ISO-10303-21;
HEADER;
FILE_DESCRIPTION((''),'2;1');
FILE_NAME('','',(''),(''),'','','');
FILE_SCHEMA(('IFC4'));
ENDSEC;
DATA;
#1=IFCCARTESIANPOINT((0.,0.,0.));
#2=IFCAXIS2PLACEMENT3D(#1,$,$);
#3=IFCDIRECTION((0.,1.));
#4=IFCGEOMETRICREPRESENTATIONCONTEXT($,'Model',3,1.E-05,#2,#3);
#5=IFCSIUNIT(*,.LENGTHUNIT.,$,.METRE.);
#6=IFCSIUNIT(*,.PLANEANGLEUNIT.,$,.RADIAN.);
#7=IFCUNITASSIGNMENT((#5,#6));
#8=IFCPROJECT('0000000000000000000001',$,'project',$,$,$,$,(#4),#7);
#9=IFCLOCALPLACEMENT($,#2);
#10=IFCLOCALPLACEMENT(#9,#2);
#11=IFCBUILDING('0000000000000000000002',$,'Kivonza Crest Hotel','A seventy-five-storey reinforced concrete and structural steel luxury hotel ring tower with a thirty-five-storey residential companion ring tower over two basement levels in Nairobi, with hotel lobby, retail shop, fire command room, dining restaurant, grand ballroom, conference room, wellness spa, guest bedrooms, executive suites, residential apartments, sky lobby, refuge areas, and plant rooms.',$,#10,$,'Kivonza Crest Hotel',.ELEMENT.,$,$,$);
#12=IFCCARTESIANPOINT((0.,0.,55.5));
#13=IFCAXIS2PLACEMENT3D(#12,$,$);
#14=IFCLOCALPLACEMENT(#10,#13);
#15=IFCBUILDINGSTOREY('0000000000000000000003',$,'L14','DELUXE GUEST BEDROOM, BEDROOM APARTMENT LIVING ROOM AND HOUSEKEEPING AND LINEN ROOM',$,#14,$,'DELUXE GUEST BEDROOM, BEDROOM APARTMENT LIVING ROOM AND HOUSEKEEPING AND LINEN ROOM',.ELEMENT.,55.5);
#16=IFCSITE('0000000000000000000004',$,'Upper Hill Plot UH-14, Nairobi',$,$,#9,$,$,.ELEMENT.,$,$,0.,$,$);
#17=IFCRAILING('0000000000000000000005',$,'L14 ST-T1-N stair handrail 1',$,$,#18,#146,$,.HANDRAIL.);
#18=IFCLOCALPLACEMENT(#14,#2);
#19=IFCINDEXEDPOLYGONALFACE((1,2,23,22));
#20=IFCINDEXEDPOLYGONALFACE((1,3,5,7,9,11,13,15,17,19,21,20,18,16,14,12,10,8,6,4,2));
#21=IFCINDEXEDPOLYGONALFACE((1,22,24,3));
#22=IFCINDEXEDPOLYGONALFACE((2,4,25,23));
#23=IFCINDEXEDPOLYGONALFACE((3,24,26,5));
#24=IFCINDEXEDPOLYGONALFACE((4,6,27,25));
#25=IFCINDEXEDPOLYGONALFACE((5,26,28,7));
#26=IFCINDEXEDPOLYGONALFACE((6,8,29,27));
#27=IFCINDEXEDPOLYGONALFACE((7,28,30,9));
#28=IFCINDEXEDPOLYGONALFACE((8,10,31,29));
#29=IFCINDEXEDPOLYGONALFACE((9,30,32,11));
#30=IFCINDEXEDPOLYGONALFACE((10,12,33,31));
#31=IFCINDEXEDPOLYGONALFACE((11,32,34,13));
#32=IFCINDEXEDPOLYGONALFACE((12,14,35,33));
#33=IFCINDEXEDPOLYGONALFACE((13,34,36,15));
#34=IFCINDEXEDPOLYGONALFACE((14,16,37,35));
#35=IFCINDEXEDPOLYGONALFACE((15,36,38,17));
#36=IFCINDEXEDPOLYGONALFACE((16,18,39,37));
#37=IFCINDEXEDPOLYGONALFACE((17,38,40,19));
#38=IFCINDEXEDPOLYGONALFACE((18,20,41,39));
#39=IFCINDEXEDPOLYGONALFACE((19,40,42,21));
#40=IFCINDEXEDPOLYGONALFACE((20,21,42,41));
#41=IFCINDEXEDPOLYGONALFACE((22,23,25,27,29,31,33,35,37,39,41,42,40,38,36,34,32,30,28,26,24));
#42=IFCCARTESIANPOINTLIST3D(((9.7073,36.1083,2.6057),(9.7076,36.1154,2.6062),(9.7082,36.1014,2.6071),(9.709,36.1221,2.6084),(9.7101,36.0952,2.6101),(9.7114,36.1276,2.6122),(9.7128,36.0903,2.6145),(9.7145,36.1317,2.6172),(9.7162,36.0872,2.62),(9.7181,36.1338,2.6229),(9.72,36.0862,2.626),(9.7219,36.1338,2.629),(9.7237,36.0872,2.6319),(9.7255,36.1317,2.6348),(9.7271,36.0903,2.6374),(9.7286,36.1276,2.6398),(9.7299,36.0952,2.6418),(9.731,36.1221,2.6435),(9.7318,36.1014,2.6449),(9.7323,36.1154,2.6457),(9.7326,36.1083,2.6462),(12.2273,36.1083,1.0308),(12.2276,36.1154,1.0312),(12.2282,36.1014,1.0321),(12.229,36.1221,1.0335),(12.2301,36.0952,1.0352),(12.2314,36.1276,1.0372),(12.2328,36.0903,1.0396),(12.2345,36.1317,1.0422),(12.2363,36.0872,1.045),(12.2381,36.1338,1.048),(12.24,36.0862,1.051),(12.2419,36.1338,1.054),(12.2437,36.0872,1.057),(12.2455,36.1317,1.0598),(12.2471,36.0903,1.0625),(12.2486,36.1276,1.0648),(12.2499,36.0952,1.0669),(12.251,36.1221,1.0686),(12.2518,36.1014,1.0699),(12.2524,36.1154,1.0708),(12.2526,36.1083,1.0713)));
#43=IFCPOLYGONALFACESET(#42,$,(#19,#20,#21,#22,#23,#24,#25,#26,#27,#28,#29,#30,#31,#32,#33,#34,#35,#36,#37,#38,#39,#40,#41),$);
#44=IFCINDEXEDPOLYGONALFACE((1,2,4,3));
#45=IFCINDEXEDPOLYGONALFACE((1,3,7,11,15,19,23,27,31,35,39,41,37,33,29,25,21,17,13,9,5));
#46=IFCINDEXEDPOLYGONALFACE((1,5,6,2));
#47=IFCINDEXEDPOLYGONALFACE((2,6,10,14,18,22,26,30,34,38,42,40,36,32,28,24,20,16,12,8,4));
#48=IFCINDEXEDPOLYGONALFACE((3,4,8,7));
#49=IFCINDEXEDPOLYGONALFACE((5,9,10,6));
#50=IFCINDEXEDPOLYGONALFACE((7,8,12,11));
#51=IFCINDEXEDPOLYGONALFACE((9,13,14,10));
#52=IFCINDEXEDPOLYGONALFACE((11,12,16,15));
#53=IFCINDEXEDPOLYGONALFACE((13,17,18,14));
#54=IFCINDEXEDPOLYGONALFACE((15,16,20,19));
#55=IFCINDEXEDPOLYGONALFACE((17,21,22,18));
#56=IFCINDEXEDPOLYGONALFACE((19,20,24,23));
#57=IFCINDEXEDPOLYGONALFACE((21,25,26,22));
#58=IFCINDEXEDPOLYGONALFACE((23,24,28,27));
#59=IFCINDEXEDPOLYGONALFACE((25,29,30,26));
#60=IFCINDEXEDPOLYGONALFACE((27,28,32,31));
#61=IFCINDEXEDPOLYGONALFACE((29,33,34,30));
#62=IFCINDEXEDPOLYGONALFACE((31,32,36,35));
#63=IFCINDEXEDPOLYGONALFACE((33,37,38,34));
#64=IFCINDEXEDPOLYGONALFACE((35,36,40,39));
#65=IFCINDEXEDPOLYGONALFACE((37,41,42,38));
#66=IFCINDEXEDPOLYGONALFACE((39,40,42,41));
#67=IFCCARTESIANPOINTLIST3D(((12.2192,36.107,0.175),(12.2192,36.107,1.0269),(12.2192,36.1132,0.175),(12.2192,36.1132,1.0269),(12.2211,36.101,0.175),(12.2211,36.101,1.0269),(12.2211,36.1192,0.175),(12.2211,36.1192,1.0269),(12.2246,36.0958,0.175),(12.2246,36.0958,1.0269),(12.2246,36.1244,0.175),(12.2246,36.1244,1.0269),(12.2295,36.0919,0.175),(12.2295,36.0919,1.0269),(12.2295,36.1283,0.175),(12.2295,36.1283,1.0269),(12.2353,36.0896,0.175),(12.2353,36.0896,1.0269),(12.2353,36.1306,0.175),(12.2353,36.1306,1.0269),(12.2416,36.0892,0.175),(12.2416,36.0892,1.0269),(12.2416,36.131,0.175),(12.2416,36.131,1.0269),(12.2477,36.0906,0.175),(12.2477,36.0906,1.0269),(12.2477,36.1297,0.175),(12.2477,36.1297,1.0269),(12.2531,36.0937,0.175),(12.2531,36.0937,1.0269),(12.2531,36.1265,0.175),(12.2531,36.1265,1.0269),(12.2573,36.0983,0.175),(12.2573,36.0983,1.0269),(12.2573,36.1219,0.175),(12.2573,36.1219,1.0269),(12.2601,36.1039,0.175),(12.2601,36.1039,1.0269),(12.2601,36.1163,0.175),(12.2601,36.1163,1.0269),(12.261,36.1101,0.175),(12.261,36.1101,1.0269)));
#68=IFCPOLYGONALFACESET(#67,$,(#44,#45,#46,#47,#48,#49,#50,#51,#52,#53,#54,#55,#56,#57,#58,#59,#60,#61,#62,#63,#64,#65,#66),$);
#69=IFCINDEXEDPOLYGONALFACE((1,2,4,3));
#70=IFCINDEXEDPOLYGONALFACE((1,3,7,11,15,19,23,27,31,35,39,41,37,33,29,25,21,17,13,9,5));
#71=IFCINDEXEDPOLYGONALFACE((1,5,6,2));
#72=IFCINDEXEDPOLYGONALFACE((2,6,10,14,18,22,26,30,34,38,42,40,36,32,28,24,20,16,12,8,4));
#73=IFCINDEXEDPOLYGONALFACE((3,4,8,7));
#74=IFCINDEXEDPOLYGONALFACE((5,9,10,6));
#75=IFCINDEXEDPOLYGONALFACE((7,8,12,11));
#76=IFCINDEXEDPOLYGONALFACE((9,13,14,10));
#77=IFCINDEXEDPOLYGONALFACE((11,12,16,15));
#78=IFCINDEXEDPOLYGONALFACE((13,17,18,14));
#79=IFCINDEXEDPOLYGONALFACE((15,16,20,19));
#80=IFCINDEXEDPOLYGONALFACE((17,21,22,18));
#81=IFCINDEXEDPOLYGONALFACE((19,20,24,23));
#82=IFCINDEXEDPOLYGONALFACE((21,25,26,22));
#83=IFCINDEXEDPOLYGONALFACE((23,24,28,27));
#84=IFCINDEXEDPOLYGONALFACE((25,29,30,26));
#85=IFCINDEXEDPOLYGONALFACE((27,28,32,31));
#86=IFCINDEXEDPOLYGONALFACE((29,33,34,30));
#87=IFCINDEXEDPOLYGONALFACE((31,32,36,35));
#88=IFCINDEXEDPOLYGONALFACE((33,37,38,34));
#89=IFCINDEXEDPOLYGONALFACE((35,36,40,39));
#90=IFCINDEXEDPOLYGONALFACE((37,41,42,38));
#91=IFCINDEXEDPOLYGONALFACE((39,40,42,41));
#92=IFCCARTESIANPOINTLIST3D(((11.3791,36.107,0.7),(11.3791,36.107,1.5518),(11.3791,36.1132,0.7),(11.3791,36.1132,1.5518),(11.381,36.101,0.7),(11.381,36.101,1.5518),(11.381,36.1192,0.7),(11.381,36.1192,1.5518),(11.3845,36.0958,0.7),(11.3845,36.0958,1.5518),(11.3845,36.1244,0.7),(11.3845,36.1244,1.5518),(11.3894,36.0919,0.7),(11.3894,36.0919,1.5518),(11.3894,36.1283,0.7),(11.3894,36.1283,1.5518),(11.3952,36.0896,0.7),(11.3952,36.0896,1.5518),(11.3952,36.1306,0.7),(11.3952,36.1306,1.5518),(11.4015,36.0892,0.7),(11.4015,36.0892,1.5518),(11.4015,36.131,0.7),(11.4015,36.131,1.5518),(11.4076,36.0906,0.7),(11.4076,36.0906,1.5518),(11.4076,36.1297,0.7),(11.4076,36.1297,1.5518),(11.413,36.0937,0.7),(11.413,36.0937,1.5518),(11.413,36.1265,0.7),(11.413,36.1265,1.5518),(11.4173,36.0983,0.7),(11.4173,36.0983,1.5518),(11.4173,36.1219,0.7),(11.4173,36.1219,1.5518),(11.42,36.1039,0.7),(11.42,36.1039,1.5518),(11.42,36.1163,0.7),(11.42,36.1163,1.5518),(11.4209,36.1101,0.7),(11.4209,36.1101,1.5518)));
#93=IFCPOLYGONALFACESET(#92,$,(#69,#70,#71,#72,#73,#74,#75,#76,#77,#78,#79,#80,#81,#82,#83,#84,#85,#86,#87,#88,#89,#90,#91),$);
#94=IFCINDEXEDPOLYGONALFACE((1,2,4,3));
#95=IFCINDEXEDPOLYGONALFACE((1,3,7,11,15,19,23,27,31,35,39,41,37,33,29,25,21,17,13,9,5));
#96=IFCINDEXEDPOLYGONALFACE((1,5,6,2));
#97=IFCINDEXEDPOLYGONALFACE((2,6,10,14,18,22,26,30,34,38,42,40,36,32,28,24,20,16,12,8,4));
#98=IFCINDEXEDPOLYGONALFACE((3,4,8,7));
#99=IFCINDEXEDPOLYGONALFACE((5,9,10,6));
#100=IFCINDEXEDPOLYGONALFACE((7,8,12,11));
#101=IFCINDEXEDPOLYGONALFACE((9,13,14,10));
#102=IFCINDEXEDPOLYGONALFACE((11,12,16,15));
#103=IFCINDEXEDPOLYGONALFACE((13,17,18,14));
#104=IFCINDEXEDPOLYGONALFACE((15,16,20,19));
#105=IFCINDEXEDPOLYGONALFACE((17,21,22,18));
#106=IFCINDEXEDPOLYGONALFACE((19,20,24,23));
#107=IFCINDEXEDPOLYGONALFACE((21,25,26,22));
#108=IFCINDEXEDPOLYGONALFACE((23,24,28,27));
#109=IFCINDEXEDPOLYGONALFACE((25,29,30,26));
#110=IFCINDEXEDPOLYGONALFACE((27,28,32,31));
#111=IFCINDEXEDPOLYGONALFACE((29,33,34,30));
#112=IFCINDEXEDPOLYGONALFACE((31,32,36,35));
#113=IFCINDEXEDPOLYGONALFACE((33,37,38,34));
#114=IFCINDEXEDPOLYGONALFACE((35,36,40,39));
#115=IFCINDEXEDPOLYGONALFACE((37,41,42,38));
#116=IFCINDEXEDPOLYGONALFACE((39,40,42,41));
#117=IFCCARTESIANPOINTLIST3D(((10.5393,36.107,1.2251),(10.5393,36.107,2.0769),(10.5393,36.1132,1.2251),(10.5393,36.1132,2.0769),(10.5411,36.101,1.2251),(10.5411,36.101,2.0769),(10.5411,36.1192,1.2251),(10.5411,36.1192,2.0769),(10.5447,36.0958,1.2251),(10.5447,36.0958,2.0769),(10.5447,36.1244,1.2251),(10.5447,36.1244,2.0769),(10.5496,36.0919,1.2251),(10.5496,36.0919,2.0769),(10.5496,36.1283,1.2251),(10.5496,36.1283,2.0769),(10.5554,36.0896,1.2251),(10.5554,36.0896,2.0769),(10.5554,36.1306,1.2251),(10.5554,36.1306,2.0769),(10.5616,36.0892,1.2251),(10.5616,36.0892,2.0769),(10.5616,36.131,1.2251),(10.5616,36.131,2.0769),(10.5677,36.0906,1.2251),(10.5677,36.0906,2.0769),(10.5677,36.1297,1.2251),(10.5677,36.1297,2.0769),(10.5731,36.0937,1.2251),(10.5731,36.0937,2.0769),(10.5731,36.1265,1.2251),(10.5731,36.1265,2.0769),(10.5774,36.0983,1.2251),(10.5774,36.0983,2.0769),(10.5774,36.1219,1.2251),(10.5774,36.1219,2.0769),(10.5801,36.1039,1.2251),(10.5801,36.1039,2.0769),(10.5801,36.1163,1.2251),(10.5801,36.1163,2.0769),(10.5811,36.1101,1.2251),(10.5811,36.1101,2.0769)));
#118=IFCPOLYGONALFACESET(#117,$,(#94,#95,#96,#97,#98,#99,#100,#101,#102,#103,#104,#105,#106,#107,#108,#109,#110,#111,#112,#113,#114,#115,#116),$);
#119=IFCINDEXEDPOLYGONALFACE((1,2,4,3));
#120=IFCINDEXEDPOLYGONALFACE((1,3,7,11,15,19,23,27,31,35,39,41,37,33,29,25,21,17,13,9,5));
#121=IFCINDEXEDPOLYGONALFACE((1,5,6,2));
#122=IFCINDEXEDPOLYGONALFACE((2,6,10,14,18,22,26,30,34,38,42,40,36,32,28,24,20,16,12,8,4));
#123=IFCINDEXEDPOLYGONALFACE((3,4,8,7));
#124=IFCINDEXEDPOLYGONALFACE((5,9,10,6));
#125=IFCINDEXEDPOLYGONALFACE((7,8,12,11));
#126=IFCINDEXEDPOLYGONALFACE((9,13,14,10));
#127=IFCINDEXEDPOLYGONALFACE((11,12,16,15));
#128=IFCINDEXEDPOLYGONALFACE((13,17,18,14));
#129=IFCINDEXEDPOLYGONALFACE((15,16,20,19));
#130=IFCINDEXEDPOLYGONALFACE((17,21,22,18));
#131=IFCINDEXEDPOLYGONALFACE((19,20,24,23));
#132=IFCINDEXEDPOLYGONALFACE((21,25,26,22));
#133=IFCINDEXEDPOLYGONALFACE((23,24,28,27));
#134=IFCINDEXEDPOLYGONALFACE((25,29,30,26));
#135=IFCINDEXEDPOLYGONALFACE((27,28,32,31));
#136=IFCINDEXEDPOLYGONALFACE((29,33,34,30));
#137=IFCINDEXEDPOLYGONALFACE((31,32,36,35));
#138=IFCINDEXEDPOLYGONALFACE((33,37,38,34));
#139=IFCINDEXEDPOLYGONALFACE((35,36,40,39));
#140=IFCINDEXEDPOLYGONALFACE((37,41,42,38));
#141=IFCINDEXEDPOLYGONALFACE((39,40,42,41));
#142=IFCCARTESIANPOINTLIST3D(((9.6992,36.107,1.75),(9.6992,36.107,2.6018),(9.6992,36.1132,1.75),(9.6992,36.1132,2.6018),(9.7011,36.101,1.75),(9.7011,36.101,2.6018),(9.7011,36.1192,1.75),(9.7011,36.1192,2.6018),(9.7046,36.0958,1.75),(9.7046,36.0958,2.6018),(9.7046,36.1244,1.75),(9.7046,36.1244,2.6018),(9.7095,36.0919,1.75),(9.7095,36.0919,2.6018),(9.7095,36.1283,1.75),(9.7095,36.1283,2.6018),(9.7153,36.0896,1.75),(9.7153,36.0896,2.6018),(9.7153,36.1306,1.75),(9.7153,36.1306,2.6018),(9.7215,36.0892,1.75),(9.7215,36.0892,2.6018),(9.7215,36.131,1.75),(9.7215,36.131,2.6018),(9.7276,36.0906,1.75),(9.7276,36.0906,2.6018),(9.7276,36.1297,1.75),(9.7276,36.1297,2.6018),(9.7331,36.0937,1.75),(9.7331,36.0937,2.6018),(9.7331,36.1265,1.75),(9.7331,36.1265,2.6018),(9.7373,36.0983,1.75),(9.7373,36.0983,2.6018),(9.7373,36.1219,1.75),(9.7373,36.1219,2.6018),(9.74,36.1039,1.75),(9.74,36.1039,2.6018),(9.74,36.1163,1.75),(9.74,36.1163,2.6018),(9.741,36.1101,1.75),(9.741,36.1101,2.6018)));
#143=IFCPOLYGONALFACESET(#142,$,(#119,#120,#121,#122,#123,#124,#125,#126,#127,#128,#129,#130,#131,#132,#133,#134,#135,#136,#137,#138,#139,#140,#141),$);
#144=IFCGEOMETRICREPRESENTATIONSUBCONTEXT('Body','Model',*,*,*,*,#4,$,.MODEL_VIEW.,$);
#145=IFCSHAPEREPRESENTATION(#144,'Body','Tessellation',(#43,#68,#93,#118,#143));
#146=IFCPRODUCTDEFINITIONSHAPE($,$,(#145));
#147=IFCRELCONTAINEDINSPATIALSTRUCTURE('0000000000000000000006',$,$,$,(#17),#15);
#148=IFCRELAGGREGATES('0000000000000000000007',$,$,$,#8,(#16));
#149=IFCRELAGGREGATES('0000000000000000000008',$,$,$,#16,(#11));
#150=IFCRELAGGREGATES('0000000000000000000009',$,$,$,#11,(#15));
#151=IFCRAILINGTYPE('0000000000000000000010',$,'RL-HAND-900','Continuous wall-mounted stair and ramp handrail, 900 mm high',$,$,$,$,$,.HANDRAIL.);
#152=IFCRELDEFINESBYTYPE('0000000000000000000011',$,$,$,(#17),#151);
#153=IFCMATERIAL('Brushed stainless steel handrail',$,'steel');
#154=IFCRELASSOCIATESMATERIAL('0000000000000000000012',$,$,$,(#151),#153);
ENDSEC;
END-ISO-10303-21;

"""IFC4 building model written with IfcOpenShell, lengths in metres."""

from ifc_helpers import new_model, si_unit, direction, frame, origin, origin_2d, place, context, subcontext, project, spatial, circle, extrude, material, type_object, element, save


model = new_model("IFC4")

# Units and contexts
model_context = context("Model", 3, precision=1e-05, world=origin(), true_north=direction((0.0, 1.0)))
body_context = subcontext(model_context, "Body", "Model", "MODEL_VIEW")
ifc_project = project(units=[si_unit("LENGTHUNIT", "METRE"), si_unit("PLANEANGLEUNIT", "RADIAN")], contexts=[model_context])

# Site, building, storey
site_placement = place(None, origin())
site = spatial("IfcSite", under=ifc_project, at=site_placement, Name="Upper Hill Plot UH-14, Nairobi", CompositionType="ELEMENT", RefElevation=0.0)
building_placement = place(site_placement, origin())
building = spatial("IfcBuilding", under=site, at=building_placement, Name="Kivonza Crest Hotel", Description="A seventy-five-storey reinforced concrete and structural steel luxury hotel ring tower with a thirty-five-storey residential companion ring tower over two basement levels in Nairobi, with hotel lobby, retail shop, fire command room, dining restaurant, grand ballroom, conference room, wellness spa, guest bedrooms, executive suites, residential apartments, sky lobby, refuge areas, and plant rooms.", LongName="Kivonza Crest Hotel", CompositionType="ELEMENT")
storey_placement = place(building_placement, frame((0.0, 0.0, 55.5)))
storey = spatial("IfcBuildingStorey", under=building, at=storey_placement, Name="L14", Description="DELUXE GUEST BEDROOM, BEDROOM APARTMENT LIVING ROOM AND HOUSEKEEPING AND LINEN ROOM", LongName="DELUXE GUEST BEDROOM, BEDROOM APARTMENT LIVING ROOM AND HOUSEKEEPING AND LINEN ROOM", CompositionType="ELEMENT", Elevation=55.5)

# Railing
ifc_material_1 = material(Name="Brushed stainless steel handrail", Category="steel")
railing_type_1 = type_object("IfcRailingType", Name="RL-HAND-900", Description="Continuous wall-mounted stair and ramp handrail, 900 mm high", PredefinedType="HANDRAIL", material=ifc_material_1)
railing_1_placement = place(storey_placement, frame((12.24, 36.1101, 0.175)))
element("IfcRailing", 1, at=railing_1_placement, inside=storey, type_object=railing_type_1, Name="L14 ST-T1-N stair handrail 1", PredefinedType="HANDRAIL", context=body_context, shape_type="SweptSolid", body=[
    extrude(circle(Radius=0.0239, at=origin_2d()), frame((0.0, 0.0, 0.876), z_axis=(-0.848008, 0.0, 0.529984), x_axis=(0.0, -1.0, 0.0)), (0.0, 0.0, 1.0), 2.9717),
    extrude(circle(Radius=0.021, at=origin_2d()), origin(), (0.0, 0.0, 1.0), 0.8518),
    extrude(circle(Radius=0.021, at=origin_2d()), frame((-0.8401, 0.0, 0.5249)), (0.0, 0.0, 1.0), 0.8518),
    extrude(circle(Radius=0.021, at=origin_2d()), frame((-1.6799, 0.0, 1.05)), (0.0, 0.0, 1.0), 0.8518),
    extrude(circle(Radius=0.021, at=origin_2d()), frame((-2.52, 0.0, 1.575)), (0.0, 0.0, 1.0), 0.8518),
])

save(model, "model.ifc")
